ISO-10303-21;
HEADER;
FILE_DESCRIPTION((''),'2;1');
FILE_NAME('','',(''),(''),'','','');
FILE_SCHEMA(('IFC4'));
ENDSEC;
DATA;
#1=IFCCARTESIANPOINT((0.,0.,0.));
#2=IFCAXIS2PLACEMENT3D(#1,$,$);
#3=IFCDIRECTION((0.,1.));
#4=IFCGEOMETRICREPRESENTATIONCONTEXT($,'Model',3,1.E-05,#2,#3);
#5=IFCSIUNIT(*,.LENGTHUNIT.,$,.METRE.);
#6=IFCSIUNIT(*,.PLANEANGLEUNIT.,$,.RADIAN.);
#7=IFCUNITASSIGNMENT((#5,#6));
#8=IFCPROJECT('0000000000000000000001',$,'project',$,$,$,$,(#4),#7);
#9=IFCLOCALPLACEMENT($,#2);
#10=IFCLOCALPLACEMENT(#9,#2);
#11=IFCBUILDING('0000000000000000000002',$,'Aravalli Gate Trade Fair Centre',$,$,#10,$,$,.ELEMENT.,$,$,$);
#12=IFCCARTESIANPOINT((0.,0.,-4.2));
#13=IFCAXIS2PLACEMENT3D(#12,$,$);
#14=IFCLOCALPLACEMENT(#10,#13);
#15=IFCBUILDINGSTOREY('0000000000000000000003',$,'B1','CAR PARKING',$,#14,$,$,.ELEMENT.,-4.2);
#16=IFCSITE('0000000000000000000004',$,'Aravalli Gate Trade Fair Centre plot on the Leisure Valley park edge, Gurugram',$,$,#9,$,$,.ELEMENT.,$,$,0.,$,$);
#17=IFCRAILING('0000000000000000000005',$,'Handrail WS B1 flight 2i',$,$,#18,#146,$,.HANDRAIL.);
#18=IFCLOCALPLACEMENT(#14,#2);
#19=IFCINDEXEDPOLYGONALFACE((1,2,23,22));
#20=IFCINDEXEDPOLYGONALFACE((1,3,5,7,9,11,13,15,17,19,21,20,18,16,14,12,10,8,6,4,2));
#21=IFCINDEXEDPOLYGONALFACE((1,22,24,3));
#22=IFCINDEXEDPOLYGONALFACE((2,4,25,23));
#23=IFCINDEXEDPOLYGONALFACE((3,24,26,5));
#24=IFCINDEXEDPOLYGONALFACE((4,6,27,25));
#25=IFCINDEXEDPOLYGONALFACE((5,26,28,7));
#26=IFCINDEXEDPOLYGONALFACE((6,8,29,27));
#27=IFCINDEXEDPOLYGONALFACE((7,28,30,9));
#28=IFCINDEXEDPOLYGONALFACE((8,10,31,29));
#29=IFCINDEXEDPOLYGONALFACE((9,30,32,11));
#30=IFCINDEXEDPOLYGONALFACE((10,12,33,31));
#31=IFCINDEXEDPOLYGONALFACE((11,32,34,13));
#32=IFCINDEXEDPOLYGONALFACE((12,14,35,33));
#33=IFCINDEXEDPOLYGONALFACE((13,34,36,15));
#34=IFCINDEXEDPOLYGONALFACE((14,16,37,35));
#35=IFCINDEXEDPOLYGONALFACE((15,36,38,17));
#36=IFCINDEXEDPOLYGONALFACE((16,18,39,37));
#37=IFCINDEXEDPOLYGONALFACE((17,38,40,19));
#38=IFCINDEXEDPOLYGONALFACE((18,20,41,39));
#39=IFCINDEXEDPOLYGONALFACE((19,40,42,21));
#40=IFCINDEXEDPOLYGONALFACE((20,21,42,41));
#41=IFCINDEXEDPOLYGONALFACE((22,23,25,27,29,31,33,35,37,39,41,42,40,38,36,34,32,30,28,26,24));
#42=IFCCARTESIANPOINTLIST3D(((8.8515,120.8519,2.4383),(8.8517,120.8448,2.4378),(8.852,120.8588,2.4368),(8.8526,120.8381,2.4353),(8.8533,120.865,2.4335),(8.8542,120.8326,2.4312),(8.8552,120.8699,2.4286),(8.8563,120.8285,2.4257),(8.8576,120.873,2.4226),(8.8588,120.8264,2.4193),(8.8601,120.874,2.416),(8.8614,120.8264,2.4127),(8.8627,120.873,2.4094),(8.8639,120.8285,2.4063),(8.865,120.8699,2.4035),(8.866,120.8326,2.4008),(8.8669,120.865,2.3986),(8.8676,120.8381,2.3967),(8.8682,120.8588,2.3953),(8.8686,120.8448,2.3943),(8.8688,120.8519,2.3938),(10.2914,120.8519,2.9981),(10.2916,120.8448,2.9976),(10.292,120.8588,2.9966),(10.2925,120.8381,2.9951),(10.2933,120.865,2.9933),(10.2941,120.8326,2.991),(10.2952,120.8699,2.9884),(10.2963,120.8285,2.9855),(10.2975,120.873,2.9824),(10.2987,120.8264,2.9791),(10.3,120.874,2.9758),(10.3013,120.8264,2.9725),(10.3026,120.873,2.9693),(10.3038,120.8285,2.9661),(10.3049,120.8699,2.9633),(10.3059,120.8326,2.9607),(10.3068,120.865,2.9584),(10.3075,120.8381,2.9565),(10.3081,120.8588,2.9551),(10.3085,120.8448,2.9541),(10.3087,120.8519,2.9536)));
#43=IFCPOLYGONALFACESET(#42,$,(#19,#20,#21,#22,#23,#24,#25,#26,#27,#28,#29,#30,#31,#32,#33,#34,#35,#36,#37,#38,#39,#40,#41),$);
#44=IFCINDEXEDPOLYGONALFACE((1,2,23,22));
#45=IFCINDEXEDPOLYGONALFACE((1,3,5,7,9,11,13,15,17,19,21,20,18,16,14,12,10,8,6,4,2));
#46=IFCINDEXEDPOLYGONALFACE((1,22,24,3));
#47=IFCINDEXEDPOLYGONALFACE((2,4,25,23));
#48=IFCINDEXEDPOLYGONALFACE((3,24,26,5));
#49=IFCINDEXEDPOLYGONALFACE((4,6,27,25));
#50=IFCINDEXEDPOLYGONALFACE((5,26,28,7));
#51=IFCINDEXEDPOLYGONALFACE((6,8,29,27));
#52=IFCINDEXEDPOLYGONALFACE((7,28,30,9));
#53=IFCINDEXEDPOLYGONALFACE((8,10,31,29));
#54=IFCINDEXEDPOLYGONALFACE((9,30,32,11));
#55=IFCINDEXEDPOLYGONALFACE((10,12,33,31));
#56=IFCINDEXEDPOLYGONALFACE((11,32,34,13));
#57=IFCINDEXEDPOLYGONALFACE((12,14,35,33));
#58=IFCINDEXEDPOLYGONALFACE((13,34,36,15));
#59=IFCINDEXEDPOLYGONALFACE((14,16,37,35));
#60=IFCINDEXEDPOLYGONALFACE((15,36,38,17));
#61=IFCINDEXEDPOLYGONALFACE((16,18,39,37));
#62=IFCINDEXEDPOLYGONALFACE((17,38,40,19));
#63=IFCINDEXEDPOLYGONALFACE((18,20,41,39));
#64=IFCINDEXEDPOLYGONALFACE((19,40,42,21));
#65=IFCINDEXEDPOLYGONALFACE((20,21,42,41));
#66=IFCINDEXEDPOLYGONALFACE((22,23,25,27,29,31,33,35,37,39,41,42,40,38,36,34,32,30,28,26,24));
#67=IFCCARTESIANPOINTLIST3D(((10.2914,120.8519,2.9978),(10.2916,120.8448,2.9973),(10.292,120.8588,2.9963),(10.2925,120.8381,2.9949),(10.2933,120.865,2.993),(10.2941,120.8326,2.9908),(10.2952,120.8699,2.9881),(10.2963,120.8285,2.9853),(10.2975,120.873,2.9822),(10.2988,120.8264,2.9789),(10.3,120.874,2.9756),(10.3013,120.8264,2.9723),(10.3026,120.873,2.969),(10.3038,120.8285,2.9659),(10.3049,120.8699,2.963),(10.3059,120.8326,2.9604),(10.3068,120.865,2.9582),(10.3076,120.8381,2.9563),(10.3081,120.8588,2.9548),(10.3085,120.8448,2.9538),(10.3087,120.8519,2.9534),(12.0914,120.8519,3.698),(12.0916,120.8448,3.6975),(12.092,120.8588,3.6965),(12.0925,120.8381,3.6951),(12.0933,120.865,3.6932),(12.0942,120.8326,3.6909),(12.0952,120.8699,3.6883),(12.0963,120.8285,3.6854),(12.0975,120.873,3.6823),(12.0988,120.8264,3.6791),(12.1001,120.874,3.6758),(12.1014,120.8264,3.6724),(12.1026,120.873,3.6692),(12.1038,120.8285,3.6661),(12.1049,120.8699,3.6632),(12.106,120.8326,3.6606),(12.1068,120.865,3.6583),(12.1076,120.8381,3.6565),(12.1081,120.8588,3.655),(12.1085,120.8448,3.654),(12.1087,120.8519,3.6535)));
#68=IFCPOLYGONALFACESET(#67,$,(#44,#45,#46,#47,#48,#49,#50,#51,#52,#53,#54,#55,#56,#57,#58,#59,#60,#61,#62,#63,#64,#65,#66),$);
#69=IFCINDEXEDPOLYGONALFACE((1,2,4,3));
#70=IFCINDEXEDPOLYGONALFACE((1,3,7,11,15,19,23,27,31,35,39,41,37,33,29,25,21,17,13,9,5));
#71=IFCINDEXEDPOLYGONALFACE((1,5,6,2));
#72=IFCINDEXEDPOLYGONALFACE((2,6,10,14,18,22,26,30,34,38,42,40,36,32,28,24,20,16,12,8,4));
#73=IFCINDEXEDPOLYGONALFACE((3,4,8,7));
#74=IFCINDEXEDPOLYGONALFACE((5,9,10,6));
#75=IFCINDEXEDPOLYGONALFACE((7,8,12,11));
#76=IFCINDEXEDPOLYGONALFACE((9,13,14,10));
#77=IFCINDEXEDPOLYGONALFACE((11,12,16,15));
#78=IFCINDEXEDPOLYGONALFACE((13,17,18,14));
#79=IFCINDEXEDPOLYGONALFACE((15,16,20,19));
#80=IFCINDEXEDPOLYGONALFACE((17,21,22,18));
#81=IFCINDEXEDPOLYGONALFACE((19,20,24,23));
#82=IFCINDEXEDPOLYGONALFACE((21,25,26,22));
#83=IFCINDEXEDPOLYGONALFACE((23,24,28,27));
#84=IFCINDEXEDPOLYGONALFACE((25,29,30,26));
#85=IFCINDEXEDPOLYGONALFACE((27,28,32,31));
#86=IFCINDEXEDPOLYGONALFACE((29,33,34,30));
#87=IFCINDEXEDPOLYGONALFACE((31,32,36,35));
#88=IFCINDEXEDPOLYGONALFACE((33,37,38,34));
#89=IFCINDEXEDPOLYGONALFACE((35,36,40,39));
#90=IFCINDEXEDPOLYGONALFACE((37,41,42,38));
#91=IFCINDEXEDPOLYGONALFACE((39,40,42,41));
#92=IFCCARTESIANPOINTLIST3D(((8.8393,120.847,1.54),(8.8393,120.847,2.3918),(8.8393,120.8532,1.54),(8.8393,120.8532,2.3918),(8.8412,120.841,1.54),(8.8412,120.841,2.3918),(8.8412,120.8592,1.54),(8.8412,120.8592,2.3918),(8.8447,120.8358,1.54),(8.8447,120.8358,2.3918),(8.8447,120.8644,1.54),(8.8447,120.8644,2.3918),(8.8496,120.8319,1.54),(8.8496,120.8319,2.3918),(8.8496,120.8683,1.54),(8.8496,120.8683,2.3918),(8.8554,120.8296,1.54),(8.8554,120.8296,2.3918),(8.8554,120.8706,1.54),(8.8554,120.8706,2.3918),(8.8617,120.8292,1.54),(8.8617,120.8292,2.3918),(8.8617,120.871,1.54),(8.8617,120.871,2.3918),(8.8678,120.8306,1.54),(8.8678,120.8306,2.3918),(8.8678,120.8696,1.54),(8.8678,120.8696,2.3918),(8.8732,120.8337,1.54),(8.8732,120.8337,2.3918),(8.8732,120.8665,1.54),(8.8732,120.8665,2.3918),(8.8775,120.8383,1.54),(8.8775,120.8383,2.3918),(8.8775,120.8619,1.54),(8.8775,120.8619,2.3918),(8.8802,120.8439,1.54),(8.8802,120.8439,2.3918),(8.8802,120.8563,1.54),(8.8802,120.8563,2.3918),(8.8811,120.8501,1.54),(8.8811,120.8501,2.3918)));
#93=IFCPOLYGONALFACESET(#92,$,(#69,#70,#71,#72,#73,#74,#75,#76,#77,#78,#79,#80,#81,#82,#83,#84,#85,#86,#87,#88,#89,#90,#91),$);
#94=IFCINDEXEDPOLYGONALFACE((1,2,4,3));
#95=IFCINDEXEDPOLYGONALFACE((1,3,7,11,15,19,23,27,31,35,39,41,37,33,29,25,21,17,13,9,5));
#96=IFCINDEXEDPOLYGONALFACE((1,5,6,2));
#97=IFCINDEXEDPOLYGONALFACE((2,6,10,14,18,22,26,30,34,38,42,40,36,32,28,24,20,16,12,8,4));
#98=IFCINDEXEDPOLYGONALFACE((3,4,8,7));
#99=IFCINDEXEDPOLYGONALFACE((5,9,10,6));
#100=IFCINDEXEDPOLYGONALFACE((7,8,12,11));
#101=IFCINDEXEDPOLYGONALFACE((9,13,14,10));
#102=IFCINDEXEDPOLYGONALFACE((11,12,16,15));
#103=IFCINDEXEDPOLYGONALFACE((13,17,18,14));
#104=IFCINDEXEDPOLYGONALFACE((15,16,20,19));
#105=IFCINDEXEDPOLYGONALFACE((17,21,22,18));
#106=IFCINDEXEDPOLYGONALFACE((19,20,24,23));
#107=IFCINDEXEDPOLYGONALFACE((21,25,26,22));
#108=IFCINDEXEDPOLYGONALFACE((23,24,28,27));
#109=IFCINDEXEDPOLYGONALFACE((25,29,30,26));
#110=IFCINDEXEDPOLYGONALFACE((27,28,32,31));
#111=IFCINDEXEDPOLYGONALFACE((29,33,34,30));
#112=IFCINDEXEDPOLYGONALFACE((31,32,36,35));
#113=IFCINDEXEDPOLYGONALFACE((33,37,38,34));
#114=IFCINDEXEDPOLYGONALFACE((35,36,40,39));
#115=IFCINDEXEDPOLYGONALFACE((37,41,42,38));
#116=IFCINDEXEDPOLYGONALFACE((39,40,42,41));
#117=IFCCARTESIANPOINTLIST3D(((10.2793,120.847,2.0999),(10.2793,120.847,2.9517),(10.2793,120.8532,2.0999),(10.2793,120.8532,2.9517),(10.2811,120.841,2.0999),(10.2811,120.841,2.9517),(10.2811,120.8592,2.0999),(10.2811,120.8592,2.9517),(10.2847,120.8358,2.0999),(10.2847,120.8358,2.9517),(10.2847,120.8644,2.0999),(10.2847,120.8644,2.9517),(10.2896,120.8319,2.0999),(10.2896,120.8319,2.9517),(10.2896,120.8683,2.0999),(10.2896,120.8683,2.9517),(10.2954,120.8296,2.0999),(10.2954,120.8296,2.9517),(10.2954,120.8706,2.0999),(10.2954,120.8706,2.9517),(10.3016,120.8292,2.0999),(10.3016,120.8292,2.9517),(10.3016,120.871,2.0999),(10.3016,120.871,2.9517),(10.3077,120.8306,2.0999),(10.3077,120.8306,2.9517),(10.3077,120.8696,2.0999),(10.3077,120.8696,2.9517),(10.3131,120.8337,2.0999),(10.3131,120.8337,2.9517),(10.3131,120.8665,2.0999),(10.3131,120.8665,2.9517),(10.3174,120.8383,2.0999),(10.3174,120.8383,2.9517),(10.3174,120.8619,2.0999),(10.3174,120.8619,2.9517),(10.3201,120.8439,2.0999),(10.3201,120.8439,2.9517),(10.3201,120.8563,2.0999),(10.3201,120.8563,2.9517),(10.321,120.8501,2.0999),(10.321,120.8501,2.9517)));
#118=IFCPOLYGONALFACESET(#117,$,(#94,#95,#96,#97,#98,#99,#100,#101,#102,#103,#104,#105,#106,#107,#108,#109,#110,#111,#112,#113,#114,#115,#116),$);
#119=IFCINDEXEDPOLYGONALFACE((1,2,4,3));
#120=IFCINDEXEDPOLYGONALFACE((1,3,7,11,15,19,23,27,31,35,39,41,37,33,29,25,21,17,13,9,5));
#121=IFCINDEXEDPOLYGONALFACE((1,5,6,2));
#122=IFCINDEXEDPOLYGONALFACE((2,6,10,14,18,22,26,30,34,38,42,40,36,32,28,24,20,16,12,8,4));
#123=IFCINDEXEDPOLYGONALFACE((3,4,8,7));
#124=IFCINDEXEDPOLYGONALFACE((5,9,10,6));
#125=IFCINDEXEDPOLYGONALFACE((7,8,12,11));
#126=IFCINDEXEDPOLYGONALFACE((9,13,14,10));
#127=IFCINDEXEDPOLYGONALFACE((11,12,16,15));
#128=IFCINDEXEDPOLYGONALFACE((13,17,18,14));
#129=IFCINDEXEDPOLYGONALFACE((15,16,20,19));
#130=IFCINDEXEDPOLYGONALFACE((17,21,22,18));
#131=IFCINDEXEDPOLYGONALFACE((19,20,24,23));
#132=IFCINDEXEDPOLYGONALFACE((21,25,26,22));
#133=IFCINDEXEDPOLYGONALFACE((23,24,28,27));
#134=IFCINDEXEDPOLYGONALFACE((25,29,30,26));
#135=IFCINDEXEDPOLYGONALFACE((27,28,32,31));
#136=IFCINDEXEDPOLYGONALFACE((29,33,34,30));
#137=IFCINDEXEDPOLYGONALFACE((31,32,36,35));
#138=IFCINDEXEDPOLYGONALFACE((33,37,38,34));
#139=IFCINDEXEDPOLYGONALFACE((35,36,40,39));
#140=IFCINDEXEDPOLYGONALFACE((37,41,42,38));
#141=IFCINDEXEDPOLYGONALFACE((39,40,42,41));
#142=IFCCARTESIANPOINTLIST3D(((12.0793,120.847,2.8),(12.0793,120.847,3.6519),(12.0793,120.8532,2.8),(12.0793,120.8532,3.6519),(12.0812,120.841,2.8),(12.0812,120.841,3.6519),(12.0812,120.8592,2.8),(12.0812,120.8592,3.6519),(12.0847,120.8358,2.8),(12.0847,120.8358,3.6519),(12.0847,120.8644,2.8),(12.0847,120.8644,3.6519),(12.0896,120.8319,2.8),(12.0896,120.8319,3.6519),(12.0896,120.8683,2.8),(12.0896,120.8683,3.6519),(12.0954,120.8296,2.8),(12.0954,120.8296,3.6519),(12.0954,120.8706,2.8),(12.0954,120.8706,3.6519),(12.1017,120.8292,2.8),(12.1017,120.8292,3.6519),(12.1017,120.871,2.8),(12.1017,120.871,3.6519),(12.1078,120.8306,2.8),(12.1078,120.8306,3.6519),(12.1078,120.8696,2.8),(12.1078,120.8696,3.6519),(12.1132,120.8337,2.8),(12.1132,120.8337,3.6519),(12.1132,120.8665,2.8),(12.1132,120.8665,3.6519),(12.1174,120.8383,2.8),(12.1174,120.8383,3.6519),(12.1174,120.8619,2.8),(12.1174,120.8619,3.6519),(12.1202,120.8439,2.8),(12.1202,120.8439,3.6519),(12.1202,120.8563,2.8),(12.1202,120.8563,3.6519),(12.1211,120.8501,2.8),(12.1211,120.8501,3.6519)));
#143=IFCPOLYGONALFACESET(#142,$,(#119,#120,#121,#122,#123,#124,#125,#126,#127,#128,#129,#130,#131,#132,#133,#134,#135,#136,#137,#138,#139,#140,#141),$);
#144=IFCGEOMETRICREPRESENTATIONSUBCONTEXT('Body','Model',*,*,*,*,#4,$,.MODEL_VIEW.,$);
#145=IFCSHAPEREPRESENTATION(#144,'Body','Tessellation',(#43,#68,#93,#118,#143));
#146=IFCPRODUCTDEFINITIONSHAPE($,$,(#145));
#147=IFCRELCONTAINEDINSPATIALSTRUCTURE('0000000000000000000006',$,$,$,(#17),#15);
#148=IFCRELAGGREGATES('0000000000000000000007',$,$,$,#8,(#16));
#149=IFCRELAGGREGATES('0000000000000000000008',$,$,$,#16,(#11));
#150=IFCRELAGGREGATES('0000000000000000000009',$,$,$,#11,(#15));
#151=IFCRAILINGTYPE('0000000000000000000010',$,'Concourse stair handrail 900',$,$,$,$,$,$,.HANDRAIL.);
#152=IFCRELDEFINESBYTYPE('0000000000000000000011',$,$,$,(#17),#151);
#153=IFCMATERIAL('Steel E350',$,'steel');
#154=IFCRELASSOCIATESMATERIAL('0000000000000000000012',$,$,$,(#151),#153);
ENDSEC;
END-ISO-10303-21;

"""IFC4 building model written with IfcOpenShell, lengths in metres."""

from ifc_helpers import new_model, si_unit, direction, frame, origin, origin_2d, place, context, subcontext, project, spatial, circle, extrude, material, type_object, element, save


model = new_model("IFC4")

# Units and contexts
model_context = context("Model", 3, precision=1e-05, world=origin(), true_north=direction((0.0, 1.0)))
body_context = subcontext(model_context, "Body", "Model", "MODEL_VIEW")
ifc_project = project(units=[si_unit("LENGTHUNIT", "METRE"), si_unit("PLANEANGLEUNIT", "RADIAN")], contexts=[model_context])

# Site, building, storey
site_placement = place(None, origin())
site = spatial("IfcSite", under=ifc_project, at=site_placement, Name="Aravalli Gate Trade Fair Centre plot on the Leisure Valley park edge, Gurugram", CompositionType="ELEMENT", RefElevation=0.0)
building_placement = place(site_placement, origin())
building = spatial("IfcBuilding", under=site, at=building_placement, Name="Aravalli Gate Trade Fair Centre", CompositionType="ELEMENT")
storey_placement = place(building_placement, frame((0.0, 0.0, -4.2)))
storey = spatial("IfcBuildingStorey", under=building, at=storey_placement, Name="B1", Description="CAR PARKING", CompositionType="ELEMENT", Elevation=-4.2)

# Railing
ifc_material_1 = material(Name="Steel E350", Category="steel")
railing_type = type_object("IfcRailingType", Name="Concourse stair handrail 900", PredefinedType="HANDRAIL", material=ifc_material_1)
railing_placement = place(storey_placement, frame((8.8601, 120.8501, 1.54)))
element("IfcRailing", 1, at=railing_placement, inside=storey, type_object=railing_type, Name="Handrail WS B1 flight 2i", PredefinedType="HANDRAIL", context=body_context, shape_type="SweptSolid", body=[
    extrude(circle(Radius=0.0239, at=origin_2d()), frame((0.0, 0.0, 0.876), z_axis=(0.93204, 0.0, 0.362355), x_axis=(0.0, 1.0, 0.0)), (0.0, 0.0, 1.0), 1.5449),
    extrude(circle(Radius=0.0239, at=origin_2d()), frame((1.4399, 0.0, 1.4355), z_axis=(0.931974, 0.0, 0.362526), x_axis=(0.0, 1.0, 0.0)), (0.0, 0.0, 1.0), 1.9314),
    extrude(circle(Radius=0.021, at=origin_2d()), origin(), (0.0, 0.0, 1.0), 0.8518),
    extrude(circle(Radius=0.021, at=origin_2d()), frame((1.4399, 0.0, 0.5598)), (0.0, 0.0, 1.0), 0.8518),
    extrude(circle(Radius=0.021, at=origin_2d()), frame((3.24, 0.0, 1.26)), (0.0, 0.0, 1.0), 0.8518),
])

save(model, "model.ifc")
